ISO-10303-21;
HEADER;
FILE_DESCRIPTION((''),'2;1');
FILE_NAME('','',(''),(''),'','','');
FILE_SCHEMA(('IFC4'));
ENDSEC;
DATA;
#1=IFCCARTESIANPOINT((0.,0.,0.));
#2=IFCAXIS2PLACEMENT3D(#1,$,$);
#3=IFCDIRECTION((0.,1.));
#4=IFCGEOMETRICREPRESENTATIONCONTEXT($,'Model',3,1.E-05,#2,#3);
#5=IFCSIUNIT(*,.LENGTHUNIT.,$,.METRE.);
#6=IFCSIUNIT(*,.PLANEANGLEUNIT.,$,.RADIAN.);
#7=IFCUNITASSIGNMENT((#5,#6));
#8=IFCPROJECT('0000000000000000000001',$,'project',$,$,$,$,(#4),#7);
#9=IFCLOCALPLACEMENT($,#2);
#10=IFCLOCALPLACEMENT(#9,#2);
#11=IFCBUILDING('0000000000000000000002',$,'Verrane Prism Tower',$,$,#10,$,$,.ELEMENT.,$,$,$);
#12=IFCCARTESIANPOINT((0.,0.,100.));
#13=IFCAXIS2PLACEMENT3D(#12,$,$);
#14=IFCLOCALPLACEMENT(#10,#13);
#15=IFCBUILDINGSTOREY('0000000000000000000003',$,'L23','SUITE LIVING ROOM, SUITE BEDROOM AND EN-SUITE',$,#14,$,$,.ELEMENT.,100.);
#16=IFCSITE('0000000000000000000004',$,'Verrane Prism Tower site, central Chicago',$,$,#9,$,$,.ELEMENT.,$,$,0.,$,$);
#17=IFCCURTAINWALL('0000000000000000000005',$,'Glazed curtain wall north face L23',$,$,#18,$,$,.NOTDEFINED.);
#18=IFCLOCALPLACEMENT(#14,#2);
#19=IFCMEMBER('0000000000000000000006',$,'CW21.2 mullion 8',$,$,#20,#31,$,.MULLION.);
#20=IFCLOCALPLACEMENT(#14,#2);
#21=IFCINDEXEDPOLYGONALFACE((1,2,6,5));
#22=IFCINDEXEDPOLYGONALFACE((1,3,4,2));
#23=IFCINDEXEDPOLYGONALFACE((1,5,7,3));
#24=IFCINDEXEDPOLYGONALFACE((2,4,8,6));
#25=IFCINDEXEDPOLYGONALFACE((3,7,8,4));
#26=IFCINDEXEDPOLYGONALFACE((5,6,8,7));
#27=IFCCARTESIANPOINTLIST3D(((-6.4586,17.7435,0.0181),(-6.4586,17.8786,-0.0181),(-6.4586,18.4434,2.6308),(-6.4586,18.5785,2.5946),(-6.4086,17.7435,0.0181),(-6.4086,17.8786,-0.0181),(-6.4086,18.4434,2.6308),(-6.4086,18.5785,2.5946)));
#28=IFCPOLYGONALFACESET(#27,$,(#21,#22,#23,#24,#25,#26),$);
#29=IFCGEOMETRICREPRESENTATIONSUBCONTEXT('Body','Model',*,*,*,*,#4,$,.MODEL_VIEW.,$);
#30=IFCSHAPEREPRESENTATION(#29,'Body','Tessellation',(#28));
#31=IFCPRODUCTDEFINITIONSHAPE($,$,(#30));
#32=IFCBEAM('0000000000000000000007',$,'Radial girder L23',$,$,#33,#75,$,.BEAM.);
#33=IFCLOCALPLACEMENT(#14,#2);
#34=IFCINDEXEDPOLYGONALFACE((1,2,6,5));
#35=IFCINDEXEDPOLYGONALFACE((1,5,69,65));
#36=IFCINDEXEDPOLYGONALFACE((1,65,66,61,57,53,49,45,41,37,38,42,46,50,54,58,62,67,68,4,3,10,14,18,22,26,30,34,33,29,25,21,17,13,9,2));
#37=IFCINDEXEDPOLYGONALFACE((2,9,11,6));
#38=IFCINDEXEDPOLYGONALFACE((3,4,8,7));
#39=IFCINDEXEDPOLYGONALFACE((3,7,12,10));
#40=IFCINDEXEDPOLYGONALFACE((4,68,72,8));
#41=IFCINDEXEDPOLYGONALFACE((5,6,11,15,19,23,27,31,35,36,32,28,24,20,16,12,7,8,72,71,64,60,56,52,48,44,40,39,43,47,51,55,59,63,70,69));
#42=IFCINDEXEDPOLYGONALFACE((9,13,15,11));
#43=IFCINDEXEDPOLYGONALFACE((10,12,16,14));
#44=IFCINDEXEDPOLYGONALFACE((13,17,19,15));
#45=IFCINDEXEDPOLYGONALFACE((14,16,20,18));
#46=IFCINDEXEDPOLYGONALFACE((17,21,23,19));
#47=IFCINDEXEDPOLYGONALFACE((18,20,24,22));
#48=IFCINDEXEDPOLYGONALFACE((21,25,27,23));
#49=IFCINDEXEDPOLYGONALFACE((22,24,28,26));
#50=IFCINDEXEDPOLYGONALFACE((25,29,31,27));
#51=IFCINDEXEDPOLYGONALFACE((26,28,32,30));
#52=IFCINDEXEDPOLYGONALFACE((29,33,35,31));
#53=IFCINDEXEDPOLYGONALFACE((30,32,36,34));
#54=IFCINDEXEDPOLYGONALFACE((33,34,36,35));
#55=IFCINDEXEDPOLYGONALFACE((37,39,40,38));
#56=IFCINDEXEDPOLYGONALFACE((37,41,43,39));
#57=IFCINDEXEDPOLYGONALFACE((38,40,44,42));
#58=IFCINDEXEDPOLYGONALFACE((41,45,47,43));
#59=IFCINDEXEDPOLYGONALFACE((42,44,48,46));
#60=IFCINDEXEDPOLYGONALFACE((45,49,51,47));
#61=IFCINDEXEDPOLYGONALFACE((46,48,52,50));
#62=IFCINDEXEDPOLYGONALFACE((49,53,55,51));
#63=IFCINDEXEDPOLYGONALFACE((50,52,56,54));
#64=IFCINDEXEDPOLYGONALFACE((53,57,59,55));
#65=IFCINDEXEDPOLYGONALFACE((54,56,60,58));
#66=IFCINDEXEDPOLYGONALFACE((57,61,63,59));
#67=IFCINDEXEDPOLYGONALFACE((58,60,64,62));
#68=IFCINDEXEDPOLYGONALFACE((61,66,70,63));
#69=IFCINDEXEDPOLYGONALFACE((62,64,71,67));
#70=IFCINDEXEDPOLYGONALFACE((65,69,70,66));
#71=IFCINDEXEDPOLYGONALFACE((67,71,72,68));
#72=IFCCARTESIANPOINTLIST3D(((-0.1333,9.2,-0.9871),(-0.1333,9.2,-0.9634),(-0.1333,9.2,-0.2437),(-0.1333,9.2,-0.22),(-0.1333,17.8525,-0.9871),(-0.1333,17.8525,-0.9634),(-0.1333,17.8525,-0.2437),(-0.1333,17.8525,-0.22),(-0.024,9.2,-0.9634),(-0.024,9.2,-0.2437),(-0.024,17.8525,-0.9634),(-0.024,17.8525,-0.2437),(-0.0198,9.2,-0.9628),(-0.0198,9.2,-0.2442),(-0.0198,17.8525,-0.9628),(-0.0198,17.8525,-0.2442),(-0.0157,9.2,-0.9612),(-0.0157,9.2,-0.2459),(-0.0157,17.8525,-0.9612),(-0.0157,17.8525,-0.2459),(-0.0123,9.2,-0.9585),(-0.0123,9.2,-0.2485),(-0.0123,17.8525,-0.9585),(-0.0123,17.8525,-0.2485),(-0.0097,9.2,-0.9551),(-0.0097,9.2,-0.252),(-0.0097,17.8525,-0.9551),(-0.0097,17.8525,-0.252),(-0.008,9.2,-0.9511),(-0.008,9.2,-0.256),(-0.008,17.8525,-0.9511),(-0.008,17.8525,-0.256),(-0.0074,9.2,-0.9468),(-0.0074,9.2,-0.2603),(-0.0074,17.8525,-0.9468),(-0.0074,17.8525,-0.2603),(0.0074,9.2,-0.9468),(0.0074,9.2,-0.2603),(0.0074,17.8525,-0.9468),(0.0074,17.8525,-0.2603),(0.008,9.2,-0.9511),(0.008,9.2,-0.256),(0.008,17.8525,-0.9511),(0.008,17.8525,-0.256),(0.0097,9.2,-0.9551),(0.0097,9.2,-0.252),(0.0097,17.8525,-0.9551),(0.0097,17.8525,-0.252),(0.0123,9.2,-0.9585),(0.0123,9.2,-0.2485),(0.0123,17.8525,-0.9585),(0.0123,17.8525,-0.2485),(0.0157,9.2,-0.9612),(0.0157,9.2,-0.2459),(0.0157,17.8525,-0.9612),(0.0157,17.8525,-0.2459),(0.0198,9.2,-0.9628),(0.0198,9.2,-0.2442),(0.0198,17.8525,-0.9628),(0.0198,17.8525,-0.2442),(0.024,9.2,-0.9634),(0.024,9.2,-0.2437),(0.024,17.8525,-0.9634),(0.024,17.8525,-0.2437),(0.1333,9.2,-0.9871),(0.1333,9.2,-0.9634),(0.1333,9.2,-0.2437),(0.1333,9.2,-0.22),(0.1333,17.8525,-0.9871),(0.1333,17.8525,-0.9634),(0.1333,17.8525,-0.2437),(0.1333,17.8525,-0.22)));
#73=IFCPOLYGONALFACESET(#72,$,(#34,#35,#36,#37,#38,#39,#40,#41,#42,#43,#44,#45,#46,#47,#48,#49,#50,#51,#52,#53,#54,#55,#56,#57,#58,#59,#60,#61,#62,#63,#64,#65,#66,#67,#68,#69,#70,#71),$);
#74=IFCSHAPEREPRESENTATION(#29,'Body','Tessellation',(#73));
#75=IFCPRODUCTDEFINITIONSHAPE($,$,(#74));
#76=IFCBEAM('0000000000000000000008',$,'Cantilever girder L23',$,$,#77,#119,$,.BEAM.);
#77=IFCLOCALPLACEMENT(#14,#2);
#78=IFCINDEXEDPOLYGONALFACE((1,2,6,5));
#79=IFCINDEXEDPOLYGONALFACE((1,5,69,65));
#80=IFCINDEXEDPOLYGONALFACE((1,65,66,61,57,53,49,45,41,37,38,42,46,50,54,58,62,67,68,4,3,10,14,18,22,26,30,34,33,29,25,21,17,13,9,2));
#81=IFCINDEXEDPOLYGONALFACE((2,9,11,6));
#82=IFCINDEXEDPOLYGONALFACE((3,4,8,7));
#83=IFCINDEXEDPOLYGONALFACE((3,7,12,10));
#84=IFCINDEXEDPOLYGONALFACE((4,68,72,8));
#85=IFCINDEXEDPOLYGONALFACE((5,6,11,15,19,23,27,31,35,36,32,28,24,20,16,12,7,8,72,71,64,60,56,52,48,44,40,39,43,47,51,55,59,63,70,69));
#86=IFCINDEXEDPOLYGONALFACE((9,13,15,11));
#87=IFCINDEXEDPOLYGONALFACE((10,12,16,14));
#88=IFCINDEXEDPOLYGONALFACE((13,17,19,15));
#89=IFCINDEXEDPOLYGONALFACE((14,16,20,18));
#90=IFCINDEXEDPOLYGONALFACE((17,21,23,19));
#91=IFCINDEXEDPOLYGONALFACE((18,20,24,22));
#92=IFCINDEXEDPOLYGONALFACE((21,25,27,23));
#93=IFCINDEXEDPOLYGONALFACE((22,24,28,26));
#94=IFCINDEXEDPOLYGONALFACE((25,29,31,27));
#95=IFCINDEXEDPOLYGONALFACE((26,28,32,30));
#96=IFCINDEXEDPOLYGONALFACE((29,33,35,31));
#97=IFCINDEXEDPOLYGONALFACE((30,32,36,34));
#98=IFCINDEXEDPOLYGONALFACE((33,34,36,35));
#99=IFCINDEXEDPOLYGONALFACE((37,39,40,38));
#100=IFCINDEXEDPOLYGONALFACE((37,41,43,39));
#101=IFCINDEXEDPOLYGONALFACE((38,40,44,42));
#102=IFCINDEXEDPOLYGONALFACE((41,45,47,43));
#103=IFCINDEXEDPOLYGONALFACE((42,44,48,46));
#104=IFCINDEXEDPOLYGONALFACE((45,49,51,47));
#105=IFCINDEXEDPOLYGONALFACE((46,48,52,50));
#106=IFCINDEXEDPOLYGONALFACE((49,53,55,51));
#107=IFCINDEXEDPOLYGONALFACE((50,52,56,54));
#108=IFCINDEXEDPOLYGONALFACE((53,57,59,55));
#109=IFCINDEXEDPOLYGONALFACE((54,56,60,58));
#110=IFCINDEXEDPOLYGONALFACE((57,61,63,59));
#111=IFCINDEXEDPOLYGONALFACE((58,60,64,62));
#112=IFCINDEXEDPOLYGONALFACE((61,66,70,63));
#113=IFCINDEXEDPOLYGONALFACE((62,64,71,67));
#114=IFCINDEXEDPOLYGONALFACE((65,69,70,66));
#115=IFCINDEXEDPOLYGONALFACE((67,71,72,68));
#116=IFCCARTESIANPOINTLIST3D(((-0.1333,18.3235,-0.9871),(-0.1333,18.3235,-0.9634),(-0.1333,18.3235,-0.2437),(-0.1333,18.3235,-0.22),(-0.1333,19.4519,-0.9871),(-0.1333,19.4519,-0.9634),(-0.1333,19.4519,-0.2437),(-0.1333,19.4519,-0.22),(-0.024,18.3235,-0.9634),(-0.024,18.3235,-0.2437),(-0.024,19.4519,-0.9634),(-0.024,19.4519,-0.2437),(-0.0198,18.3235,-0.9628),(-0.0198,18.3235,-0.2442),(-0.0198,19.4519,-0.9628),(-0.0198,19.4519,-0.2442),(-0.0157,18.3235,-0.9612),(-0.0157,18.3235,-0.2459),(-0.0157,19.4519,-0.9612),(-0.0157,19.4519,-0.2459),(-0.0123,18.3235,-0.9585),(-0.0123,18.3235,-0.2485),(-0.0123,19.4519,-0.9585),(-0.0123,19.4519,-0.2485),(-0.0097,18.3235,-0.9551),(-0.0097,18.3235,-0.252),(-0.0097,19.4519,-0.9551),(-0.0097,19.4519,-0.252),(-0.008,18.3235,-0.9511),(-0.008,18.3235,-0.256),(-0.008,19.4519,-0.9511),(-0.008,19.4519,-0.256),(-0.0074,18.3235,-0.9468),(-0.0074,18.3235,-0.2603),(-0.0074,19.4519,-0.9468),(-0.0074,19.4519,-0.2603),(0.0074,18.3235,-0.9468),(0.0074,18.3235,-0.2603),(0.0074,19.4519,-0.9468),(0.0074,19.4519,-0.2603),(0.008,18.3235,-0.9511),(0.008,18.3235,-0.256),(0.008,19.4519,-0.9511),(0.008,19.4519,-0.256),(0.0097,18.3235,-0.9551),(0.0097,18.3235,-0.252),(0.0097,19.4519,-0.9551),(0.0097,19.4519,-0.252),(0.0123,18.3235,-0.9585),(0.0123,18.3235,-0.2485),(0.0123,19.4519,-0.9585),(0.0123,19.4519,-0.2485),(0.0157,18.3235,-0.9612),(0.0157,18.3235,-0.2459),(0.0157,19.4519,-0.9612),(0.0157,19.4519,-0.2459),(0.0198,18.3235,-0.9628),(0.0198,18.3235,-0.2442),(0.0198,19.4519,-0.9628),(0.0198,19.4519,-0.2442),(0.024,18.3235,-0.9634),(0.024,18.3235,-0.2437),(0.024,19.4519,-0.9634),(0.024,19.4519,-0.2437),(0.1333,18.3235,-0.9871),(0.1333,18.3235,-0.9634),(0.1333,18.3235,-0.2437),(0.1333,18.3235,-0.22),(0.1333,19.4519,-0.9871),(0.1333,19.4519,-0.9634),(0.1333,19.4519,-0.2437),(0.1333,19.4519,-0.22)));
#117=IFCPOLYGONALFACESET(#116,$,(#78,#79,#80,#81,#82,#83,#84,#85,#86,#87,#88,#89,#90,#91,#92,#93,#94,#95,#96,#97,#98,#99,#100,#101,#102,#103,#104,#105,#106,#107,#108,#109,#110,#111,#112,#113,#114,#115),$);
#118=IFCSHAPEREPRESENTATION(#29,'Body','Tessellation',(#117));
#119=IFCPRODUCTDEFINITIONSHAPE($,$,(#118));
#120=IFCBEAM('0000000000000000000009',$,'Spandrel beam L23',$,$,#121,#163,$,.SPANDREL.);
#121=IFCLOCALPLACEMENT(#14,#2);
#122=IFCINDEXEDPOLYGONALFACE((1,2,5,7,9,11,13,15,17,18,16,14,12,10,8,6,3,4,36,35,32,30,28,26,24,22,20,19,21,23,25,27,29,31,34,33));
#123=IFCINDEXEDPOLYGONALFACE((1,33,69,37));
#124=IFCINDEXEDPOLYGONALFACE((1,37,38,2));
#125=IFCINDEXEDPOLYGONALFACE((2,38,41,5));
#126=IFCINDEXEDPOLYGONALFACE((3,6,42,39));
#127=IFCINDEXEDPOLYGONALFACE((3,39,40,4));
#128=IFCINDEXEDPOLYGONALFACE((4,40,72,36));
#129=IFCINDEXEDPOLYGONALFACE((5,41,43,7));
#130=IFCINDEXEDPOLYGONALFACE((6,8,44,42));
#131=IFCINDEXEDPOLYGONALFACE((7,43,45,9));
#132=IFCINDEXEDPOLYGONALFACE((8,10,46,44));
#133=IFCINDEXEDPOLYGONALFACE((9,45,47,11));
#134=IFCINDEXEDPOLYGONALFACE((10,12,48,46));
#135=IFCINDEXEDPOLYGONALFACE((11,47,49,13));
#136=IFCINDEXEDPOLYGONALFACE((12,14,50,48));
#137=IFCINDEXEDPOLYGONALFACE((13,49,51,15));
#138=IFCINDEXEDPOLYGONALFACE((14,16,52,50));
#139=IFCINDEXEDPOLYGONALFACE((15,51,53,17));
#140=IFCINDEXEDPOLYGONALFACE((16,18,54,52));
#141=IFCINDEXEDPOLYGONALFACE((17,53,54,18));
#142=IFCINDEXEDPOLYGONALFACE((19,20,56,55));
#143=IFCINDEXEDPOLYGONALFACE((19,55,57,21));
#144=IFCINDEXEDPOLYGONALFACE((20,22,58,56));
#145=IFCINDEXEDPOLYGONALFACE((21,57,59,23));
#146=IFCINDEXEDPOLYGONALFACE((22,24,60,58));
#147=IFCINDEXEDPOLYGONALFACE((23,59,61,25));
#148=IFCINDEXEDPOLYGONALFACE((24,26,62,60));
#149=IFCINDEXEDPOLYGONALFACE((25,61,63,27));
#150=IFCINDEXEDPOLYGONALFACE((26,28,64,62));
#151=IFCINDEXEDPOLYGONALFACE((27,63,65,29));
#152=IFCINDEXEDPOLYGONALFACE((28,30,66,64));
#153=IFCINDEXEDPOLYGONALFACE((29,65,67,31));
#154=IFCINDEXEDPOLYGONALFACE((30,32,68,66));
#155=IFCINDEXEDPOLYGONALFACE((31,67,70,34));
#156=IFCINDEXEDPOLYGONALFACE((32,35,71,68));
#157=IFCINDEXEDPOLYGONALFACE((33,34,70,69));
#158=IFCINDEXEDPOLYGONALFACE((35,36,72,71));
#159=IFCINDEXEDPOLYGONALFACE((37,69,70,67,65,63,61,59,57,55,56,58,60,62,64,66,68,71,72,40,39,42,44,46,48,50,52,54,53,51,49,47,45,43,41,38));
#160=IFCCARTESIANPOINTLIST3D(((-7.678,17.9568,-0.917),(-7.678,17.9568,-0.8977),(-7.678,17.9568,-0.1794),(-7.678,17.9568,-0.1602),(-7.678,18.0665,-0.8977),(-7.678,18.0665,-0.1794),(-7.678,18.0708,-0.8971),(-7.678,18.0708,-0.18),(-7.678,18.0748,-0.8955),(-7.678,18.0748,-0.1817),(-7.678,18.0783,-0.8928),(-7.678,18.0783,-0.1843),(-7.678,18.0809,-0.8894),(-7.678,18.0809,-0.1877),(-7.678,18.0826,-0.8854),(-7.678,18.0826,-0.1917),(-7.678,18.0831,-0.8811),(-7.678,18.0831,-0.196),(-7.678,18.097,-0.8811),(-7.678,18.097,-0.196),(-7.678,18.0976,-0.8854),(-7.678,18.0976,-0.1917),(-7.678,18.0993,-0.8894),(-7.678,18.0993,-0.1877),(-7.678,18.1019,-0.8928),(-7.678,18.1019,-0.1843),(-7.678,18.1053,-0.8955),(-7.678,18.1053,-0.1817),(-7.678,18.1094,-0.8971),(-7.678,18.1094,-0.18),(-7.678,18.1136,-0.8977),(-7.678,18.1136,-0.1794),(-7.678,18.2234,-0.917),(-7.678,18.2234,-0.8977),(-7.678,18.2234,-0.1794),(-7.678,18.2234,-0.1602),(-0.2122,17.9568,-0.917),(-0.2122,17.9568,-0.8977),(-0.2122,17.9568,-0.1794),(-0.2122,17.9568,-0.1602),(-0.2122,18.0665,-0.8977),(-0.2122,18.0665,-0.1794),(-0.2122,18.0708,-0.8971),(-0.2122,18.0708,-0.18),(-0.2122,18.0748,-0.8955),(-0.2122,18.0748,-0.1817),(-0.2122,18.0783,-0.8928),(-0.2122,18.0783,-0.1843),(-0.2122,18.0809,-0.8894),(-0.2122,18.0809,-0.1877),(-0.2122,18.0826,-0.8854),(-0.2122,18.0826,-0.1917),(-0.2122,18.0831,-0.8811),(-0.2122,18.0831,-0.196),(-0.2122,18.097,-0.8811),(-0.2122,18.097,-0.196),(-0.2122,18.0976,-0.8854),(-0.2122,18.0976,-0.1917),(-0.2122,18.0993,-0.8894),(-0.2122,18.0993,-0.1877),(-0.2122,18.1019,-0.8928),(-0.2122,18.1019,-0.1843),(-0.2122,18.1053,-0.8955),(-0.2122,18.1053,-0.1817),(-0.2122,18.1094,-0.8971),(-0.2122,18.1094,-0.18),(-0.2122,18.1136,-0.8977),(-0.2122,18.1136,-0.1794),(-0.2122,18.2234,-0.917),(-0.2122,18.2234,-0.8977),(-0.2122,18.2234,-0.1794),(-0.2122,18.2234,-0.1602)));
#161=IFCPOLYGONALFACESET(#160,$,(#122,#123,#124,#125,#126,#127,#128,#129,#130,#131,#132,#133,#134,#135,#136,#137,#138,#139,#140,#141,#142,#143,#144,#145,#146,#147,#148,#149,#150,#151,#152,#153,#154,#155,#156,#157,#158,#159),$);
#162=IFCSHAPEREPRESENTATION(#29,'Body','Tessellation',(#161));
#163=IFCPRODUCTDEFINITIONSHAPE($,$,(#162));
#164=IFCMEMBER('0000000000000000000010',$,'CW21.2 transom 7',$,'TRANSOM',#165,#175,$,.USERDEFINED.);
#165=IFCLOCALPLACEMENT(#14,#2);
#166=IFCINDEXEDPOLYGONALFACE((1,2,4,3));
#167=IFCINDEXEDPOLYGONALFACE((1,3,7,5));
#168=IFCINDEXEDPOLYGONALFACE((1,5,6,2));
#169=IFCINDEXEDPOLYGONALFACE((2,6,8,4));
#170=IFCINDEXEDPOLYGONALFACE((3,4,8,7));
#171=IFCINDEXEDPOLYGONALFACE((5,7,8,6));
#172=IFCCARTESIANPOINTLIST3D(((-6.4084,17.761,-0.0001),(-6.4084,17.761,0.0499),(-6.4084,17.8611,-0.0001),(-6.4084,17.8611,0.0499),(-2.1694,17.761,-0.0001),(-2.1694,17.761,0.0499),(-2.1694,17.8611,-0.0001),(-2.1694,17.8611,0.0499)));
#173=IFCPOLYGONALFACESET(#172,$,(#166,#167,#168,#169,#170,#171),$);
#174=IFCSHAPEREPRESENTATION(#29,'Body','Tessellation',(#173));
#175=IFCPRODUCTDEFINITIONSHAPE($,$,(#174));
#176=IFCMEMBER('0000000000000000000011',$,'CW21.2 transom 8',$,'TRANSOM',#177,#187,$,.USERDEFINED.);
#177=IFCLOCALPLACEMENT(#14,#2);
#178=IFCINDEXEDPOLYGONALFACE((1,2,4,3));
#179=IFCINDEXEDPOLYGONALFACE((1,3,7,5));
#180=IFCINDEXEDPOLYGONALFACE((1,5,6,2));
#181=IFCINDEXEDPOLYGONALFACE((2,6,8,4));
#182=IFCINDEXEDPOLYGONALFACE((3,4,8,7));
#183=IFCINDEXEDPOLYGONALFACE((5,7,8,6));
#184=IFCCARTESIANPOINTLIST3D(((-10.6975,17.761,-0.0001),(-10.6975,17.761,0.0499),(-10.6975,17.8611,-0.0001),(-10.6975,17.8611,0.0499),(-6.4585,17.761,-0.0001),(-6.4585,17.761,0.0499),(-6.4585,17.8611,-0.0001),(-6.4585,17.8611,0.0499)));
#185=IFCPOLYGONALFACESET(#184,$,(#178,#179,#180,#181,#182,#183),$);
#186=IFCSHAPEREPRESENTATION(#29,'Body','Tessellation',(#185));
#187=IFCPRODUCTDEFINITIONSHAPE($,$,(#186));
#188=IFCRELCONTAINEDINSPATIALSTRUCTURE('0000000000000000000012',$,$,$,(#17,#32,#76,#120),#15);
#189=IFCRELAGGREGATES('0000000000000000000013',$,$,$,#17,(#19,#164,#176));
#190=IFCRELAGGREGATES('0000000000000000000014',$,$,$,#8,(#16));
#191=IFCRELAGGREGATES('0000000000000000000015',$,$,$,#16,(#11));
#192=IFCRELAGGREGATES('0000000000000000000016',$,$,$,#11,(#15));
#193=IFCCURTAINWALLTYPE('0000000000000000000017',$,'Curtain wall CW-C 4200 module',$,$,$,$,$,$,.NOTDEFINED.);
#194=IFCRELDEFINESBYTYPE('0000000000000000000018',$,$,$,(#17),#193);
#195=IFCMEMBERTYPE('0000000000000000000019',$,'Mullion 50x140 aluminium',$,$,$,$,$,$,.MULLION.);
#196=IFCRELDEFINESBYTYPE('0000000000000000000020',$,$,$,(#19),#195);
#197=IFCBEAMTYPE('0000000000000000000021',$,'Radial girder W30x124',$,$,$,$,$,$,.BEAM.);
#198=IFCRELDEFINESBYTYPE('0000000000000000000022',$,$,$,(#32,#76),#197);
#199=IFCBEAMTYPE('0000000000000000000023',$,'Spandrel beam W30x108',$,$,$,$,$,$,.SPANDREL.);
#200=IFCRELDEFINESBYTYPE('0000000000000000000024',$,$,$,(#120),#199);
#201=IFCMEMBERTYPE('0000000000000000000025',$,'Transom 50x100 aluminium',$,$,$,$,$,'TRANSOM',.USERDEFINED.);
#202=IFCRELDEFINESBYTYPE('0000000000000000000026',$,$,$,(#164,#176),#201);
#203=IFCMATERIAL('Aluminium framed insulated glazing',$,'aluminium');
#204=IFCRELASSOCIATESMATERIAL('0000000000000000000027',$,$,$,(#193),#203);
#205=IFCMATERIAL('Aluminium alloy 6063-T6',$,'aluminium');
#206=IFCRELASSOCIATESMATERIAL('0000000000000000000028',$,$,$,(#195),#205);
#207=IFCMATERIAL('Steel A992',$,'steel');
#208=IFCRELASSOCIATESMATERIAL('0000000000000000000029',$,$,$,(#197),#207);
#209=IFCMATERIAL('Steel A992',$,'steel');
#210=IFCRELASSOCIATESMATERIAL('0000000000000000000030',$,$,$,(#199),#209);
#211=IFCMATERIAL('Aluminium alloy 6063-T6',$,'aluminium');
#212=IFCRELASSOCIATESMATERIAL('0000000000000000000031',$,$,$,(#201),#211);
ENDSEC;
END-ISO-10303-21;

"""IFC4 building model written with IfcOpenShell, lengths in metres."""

from ifc_helpers import new_model, si_unit, direction, frame, origin, origin_2d, place, context, subcontext, project, spatial, rectangle, i_section, extrude, material, material_profile, profile_set, type_object, element, aggregate, save


model = new_model("IFC4")

# Units and contexts
model_context = context("Model", 3, precision=1e-05, world=origin(), true_north=direction((0.0, 1.0)))
body_context = subcontext(model_context, "Body", "Model", "MODEL_VIEW")
ifc_project = project(units=[si_unit("LENGTHUNIT", "METRE"), si_unit("PLANEANGLEUNIT", "RADIAN")], contexts=[model_context])

# Site, building, storey
site_placement = place(None, origin())
site = spatial("IfcSite", under=ifc_project, at=site_placement, Name="Verrane Prism Tower site, central Chicago", CompositionType="ELEMENT", RefElevation=0.0)
building_placement = place(site_placement, origin())
building = spatial("IfcBuilding", under=site, at=building_placement, Name="Verrane Prism Tower", CompositionType="ELEMENT")
storey_placement = place(building_placement, frame((0.0, 0.0, 100.0)))
storey = spatial("IfcBuildingStorey", under=building, at=storey_placement, Name="L23", Description="SUITE LIVING ROOM, SUITE BEDROOM AND EN-SUITE", CompositionType="ELEMENT", Elevation=100.0)

# Curtain wall, member
ifc_material_1 = material(Name="Aluminium framed insulated glazing", Category="aluminium")
curtain_wall_type = type_object("IfcCurtainWallType", Name="Curtain wall CW-C 4200 module", PredefinedType="NOTDEFINED", material=ifc_material_1)
curtain_wall_placement = place(storey_placement, origin())
curtain_wall = element("IfcCurtainWall", 1, at=curtain_wall_placement, inside=storey, type_object=curtain_wall_type, Name="Glazed curtain wall north face L23", PredefinedType="NOTDEFINED")
ifc_material_2 = material(Name="Aluminium alloy 6063-T6", Category="aluminium")
ifc_material_profile_1 = material_profile(ifc_material_2, rectangle(XDim=0.1399, YDim=0.05, at=origin_2d()), Name="Mullion 50x140 aluminium")
ifc_profile_set_1 = profile_set([ifc_material_profile_1], Name="Aluminium alloy 6063-T6")
member_type_1 = type_object("IfcMemberType", Name="Mullion 50x140 aluminium", PredefinedType="MULLION", material=ifc_profile_set_1)
member_1_placement = place(storey_placement, frame((-6.4336, 17.811, 0.0), z_axis=(0.0, 0.258769, 0.965939), x_axis=(0.0, 0.965939, -0.258769)))
member_1 = element("IfcMember", 2, at=member_1_placement, type_object=member_type_1, Name="CW21.2 mullion 8", PredefinedType="MULLION", context=body_context, shape_type="SweptSolid", body=[
    extrude(rectangle(XDim=0.1399, YDim=0.05, at=origin_2d()), origin(), (0.0, 0.0, 1.0), 2.7048),
])

# Beams
ifc_material_3 = material(Name="Steel A992", Category="steel")
ifc_material_profile_2 = material_profile(ifc_material_3, i_section(OverallWidth=0.2666, OverallDepth=0.7671, WebThickness=0.0149, FlangeThickness=0.0237, FilletRadius=0.0166, at=origin_2d()), Name="W30x124")
ifc_profile_set_2 = profile_set([ifc_material_profile_2], Name="Steel A992")
beam_type_1 = type_object("IfcBeamType", Name="Radial girder W30x124", PredefinedType="BEAM", material=ifc_profile_set_2)
beam_1_placement = place(storey_placement, frame((0.0, 17.8525, -0.6035), z_axis=(0.0, -1.0, 0.0), x_axis=(1.0, 0.0, 0.0)))
element("IfcBeam", 3, at=beam_1_placement, inside=storey, type_object=beam_type_1, Name="Radial girder L23", PredefinedType="BEAM", context=body_context, shape_type="SweptSolid", body=[
    extrude(i_section(OverallWidth=0.2666, OverallDepth=0.7671, WebThickness=0.0149, FlangeThickness=0.0237, FilletRadius=0.0166, at=origin_2d()), origin(), (0.0, 0.0, 1.0), 8.6526),
])
beam_2_placement = place(storey_placement, frame((0.0, 18.3235, -0.6035), z_axis=(0.0, 1.0, 0.0), x_axis=(-1.0, 0.0, 0.0)))
element("IfcBeam", 4, at=beam_2_placement, inside=storey, type_object=beam_type_1, Name="Cantilever girder L23", PredefinedType="BEAM", context=body_context, shape_type="SweptSolid", body=[
    extrude(i_section(OverallWidth=0.2666, OverallDepth=0.7671, WebThickness=0.0149, FlangeThickness=0.0237, FilletRadius=0.0166, at=origin_2d()), origin(), (0.0, 0.0, 1.0), 1.1284),
])
ifc_material_4 = material(Name="Steel A992", Category="steel")
ifc_material_profile_3 = material_profile(ifc_material_4, i_section(OverallWidth=0.2666, OverallDepth=0.7568, WebThickness=0.0139, FlangeThickness=0.0193, FilletRadius=0.0166, at=origin_2d()), Name="W30x108")
ifc_profile_set_3 = profile_set([ifc_material_profile_3], Name="Steel A992")
beam_type_2 = type_object("IfcBeamType", Name="Spandrel beam W30x108", PredefinedType="SPANDREL", material=ifc_profile_set_3)
beam_3_placement = place(storey_placement, frame((-0.2122, 18.0901, -0.5386), z_axis=(-1.0, 0.0, 0.0), x_axis=(0.0, -1.0, 0.0)))
element("IfcBeam", 5, at=beam_3_placement, inside=storey, type_object=beam_type_2, Name="Spandrel beam L23", PredefinedType="SPANDREL", context=body_context, shape_type="SweptSolid", body=[
    extrude(i_section(OverallWidth=0.2666, OverallDepth=0.7568, WebThickness=0.0139, FlangeThickness=0.0193, FilletRadius=0.0166, at=origin_2d()), origin(), (0.0, 0.0, 1.0), 7.4658),
])

# Members
ifc_material_5 = material(Name="Aluminium alloy 6063-T6", Category="aluminium")
ifc_material_profile_4 = material_profile(ifc_material_5, rectangle(XDim=0.1001, YDim=0.05, at=origin_2d()), Name="Transom 50x100 aluminium")
ifc_profile_set_4 = profile_set([ifc_material_profile_4], Name="Aluminium alloy 6063-T6")
member_type_2 = type_object("IfcMemberType", Name="Transom 50x100 aluminium", ElementType="TRANSOM", PredefinedType="USERDEFINED", material=ifc_profile_set_4)
member_2_placement = place(storey_placement, frame((-2.1694, 17.811, 0.0249), z_axis=(-1.0, 0.0, 0.0), x_axis=(0.0, -1.0, 0.0)))
member_2 = element("IfcMember", 6, at=member_2_placement, type_object=member_type_2, Name="CW21.2 transom 7", ObjectType="TRANSOM", PredefinedType="USERDEFINED", context=body_context, shape_type="SweptSolid", body=[
    extrude(rectangle(XDim=0.1001, YDim=0.05, at=origin_2d()), origin(), (0.0, 0.0, 1.0), 4.239),
])
member_3_placement = place(storey_placement, frame((-6.4585, 17.811, 0.0249), z_axis=(-1.0, 0.0, 0.0), x_axis=(0.0, -1.0, 0.0)))
member_3 = element("IfcMember", 7, at=member_3_placement, type_object=member_type_2, Name="CW21.2 transom 8", ObjectType="TRANSOM", PredefinedType="USERDEFINED", context=body_context, shape_type="SweptSolid", body=[
    extrude(rectangle(XDim=0.1001, YDim=0.05, at=origin_2d()), origin(), (0.0, 0.0, 1.0), 4.239),
])

aggregate(curtain_wall, [member_1, member_2, member_3])

save(model, "model.ifc")
